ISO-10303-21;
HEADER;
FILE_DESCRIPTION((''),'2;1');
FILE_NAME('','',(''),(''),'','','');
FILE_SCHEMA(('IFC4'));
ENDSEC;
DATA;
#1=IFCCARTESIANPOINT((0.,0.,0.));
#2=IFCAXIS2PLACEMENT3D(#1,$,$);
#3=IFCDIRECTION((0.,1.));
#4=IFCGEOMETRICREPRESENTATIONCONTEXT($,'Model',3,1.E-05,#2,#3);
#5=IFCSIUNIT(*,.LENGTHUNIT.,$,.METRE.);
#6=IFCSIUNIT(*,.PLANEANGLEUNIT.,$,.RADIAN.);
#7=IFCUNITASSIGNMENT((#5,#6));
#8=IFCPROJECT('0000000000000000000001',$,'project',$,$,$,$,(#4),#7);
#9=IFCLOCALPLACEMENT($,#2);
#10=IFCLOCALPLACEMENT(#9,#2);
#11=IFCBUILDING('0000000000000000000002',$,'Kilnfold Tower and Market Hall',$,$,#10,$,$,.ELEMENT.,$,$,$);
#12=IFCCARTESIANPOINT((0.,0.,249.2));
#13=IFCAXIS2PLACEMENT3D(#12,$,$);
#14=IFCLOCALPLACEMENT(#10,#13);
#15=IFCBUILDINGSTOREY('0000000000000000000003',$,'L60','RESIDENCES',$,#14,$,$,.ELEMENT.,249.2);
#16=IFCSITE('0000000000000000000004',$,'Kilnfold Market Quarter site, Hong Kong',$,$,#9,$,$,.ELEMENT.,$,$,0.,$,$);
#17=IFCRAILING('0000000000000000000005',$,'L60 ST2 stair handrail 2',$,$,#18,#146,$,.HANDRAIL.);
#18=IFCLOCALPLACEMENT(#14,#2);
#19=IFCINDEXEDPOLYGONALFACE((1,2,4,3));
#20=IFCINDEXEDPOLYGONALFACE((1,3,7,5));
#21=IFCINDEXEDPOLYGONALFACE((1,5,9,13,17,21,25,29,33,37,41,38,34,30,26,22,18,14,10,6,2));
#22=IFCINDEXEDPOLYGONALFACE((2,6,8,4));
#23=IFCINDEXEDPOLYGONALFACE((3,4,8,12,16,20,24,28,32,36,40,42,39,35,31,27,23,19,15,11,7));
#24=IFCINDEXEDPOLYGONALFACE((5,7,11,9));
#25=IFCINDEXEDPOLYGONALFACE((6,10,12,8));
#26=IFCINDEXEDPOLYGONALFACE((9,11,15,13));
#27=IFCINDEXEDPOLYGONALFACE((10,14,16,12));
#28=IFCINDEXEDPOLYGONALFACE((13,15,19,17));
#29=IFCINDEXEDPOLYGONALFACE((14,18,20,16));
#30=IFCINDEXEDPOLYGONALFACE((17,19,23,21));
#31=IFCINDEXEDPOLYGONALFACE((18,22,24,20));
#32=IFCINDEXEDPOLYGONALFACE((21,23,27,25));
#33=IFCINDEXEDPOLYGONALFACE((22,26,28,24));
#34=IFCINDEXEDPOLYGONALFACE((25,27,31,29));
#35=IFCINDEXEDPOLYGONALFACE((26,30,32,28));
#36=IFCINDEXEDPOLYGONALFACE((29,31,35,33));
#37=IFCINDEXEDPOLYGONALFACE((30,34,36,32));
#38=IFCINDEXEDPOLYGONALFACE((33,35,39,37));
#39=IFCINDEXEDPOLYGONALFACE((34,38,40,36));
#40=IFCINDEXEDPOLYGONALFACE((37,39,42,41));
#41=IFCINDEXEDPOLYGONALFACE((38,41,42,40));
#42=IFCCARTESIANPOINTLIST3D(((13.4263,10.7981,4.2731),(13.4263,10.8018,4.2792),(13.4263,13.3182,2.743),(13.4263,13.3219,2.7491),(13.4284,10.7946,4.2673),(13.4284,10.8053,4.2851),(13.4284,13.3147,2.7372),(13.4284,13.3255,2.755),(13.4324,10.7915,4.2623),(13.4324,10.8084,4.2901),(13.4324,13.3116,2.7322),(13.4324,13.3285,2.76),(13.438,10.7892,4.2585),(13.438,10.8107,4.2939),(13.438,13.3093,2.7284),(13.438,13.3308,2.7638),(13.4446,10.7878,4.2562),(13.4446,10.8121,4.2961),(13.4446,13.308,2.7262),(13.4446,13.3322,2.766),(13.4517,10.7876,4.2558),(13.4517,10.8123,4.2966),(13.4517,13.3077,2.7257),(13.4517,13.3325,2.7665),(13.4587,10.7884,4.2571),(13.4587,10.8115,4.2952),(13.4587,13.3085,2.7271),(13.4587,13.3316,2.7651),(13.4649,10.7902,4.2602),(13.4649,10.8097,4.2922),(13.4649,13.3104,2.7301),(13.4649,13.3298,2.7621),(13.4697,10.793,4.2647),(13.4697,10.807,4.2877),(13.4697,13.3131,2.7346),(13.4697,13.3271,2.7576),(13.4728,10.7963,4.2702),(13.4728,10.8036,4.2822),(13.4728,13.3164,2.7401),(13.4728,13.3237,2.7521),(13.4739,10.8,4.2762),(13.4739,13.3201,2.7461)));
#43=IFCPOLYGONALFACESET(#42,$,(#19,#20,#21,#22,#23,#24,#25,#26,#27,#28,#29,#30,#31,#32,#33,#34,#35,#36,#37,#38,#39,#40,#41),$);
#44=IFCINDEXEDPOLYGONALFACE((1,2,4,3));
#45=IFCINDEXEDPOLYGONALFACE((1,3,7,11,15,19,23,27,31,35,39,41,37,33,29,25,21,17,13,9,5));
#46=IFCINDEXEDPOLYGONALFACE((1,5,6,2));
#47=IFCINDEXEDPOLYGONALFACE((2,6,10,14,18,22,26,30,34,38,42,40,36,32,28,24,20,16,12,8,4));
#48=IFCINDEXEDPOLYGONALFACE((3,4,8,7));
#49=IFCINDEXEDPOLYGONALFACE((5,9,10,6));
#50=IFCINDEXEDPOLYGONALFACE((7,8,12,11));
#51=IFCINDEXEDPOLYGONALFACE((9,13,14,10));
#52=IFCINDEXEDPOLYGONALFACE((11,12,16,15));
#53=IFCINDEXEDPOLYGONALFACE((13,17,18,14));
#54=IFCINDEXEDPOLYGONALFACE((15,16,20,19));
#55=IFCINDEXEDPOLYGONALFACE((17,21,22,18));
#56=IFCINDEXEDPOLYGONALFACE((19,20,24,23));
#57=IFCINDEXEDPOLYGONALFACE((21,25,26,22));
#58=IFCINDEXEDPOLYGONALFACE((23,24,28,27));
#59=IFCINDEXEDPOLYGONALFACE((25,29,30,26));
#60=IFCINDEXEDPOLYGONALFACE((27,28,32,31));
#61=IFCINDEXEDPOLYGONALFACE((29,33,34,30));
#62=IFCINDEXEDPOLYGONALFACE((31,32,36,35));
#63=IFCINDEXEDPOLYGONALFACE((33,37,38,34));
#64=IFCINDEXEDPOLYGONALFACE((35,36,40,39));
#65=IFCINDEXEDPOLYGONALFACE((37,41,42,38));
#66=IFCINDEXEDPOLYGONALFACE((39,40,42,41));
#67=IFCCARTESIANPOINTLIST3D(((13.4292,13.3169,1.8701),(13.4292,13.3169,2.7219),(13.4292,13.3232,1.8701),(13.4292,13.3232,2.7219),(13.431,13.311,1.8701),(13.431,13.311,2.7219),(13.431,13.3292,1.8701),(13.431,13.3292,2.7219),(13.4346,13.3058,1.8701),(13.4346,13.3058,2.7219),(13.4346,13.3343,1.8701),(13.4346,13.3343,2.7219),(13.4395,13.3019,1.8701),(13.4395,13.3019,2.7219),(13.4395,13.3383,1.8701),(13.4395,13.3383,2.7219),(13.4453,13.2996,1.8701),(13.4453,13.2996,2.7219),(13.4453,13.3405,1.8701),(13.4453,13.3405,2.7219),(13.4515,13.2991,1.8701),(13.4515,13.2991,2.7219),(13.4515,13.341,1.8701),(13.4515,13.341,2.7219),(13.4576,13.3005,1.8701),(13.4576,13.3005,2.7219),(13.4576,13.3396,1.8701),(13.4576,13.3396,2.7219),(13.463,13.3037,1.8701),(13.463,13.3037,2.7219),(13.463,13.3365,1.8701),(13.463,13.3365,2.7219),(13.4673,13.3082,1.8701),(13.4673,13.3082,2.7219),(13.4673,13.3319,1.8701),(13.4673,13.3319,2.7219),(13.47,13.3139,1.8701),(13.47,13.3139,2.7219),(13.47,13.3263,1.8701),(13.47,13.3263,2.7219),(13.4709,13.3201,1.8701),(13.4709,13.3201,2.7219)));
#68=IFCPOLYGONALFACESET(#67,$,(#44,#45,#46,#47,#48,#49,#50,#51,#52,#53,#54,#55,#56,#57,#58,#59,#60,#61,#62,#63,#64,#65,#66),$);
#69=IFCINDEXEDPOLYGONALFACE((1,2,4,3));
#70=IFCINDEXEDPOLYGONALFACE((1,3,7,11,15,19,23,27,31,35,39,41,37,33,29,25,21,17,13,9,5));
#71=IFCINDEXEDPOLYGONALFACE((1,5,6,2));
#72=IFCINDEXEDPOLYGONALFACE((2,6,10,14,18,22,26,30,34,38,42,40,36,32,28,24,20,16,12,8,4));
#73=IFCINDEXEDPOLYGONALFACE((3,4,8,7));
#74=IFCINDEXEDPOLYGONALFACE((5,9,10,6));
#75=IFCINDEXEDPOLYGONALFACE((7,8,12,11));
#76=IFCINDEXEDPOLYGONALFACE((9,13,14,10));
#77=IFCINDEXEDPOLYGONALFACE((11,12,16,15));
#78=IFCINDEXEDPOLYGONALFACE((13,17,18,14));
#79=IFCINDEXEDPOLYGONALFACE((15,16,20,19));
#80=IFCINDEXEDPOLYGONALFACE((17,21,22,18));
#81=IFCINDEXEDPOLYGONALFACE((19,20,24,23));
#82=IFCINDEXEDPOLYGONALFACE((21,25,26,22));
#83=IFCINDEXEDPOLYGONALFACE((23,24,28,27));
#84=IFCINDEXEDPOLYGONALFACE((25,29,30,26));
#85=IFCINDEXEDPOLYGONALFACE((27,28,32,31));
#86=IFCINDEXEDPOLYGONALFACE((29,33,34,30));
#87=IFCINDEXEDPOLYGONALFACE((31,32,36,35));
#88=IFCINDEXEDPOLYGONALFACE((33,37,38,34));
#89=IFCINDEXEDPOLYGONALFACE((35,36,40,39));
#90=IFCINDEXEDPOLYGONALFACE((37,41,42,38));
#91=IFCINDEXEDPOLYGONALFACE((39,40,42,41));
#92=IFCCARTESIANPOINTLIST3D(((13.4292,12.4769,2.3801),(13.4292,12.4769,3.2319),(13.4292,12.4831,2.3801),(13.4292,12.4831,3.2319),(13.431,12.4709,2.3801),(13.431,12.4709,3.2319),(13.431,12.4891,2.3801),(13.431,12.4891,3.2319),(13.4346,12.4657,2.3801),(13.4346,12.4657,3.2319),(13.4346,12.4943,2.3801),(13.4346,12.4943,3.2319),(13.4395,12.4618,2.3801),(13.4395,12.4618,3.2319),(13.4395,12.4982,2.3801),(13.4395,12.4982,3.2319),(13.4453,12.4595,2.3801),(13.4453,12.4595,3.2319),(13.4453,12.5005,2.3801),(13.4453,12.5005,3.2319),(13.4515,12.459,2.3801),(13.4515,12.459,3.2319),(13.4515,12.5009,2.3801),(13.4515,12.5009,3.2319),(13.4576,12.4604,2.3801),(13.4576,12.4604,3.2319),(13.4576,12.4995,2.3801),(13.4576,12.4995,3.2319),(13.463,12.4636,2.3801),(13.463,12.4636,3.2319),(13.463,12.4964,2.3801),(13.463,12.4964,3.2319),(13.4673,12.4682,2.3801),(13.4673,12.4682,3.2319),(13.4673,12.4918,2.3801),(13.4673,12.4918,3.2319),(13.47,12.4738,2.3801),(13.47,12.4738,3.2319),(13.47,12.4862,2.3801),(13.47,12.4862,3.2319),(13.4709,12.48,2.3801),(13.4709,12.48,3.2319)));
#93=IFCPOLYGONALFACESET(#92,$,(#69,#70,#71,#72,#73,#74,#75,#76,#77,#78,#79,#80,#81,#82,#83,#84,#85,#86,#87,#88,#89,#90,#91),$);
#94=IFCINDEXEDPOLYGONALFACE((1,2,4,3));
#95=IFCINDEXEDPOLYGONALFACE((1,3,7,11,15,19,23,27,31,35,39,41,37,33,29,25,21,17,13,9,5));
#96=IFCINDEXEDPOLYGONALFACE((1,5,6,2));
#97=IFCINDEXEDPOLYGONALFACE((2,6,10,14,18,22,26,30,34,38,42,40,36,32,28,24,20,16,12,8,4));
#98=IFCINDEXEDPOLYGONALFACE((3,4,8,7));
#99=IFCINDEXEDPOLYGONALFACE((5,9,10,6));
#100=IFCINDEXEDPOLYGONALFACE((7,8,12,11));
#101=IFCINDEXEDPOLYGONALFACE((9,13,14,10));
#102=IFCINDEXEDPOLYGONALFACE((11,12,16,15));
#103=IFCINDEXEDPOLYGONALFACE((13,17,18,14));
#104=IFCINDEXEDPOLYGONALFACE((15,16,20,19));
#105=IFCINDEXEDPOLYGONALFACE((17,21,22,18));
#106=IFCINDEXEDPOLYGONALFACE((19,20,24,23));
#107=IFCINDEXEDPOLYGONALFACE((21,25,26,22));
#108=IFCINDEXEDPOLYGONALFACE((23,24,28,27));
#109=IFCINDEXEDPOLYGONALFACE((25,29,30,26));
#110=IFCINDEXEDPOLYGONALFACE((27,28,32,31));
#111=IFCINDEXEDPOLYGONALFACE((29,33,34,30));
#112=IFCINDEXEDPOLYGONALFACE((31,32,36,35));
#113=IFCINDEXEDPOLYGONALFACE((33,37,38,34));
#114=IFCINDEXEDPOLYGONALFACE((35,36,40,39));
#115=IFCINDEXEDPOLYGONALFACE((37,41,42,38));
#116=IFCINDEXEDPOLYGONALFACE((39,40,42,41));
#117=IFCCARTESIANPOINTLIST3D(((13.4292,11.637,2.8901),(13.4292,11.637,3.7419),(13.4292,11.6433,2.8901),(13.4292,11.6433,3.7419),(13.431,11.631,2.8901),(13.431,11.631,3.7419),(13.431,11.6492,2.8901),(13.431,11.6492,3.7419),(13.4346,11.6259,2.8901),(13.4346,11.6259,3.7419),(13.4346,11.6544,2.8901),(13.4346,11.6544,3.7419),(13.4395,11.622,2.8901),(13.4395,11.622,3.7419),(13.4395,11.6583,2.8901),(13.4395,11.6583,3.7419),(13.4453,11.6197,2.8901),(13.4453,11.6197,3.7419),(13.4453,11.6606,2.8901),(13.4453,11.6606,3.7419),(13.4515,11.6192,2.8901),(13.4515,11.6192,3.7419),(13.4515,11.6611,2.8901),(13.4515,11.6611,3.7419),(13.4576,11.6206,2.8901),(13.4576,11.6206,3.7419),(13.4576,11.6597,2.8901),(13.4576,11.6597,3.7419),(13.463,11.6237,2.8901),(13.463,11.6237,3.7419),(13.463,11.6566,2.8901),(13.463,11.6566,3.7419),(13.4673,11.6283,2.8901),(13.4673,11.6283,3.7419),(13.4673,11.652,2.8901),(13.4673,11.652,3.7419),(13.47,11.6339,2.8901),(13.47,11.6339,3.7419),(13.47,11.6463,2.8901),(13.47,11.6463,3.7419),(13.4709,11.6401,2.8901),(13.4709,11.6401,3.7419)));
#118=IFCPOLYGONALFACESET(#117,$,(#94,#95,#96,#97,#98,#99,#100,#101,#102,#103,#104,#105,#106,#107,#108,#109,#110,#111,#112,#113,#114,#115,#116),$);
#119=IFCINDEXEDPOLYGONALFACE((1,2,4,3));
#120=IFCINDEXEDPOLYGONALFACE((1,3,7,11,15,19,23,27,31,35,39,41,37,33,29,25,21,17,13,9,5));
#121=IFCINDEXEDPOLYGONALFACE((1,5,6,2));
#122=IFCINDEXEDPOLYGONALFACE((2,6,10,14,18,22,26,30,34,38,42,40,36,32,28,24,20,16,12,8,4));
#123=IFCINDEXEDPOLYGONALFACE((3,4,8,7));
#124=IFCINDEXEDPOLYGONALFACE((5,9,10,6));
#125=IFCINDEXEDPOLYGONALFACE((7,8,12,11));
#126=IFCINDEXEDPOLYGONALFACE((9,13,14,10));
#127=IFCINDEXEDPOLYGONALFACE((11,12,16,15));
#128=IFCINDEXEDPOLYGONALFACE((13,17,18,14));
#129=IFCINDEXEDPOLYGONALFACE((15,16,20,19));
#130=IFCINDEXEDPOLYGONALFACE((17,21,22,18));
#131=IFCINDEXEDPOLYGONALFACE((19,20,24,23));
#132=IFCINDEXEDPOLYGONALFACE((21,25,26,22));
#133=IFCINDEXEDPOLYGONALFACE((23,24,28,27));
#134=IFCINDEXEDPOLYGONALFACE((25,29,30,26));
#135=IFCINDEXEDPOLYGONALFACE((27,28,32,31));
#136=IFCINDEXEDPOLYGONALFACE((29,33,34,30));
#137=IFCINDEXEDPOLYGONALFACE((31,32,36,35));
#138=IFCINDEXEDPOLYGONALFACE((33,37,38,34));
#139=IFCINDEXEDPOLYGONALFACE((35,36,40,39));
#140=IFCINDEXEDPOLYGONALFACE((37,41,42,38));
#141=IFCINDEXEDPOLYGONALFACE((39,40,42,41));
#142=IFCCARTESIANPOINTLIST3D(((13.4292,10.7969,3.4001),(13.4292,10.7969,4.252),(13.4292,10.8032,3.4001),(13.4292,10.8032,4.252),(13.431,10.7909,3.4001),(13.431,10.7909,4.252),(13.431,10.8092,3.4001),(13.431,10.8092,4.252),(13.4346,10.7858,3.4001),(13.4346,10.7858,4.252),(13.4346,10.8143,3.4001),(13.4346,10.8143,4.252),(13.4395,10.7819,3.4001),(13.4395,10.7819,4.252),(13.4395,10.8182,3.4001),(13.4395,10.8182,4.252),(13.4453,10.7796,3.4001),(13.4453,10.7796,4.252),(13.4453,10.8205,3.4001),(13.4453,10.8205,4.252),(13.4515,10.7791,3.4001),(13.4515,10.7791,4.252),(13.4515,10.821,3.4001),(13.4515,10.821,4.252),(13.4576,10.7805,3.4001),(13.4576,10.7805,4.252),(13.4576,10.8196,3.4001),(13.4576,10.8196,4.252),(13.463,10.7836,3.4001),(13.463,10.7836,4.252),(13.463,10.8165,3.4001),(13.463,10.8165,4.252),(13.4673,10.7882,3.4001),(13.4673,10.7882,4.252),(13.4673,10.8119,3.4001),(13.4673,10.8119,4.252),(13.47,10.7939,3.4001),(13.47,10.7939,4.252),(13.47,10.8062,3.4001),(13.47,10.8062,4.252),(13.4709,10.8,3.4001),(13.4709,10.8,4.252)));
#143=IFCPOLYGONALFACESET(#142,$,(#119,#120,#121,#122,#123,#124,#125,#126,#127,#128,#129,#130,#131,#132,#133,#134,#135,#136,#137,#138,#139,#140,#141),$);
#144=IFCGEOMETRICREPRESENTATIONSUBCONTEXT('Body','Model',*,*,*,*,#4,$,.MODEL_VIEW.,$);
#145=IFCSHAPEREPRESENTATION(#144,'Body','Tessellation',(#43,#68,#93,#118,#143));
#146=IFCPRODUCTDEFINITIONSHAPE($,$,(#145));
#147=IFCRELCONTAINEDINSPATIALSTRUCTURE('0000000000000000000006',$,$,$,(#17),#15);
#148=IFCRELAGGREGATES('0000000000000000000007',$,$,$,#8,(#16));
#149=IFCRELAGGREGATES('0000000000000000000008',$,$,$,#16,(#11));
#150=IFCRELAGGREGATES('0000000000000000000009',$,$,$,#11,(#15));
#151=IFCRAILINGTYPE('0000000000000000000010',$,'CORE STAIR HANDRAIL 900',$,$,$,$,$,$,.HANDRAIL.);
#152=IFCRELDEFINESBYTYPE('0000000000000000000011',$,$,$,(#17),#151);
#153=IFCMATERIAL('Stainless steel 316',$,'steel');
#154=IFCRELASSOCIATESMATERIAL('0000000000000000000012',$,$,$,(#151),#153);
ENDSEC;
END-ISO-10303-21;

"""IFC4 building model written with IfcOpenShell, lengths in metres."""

from ifc_helpers import new_model, si_unit, direction, frame, origin, origin_2d, place, context, subcontext, project, spatial, circle, extrude, material, type_object, element, save


model = new_model("IFC4")

# Units and contexts
model_context = context("Model", 3, precision=1e-05, world=origin(), true_north=direction((0.0, 1.0)))
body_context = subcontext(model_context, "Body", "Model", "MODEL_VIEW")
ifc_project = project(units=[si_unit("LENGTHUNIT", "METRE"), si_unit("PLANEANGLEUNIT", "RADIAN")], contexts=[model_context])

# Site, building, storey
site_placement = place(None, origin())
site = spatial("IfcSite", under=ifc_project, at=site_placement, Name="Kilnfold Market Quarter site, Hong Kong", CompositionType="ELEMENT", RefElevation=0.0)
building_placement = place(site_placement, origin())
building = spatial("IfcBuilding", under=site, at=building_placement, Name="Kilnfold Tower and Market Hall", CompositionType="ELEMENT")
storey_placement = place(building_placement, frame((0.0, 0.0, 249.2)))
storey = spatial("IfcBuildingStorey", under=building, at=storey_placement, Name="L60", Description="RESIDENCES", CompositionType="ELEMENT", Elevation=249.2)

# Railing
ifc_material_1 = material(Name="Stainless steel 316", Category="steel")
railing_type_1 = type_object("IfcRailingType", Name="CORE STAIR HANDRAIL 900", PredefinedType="HANDRAIL", material=ifc_material_1)
railing_1_placement = place(storey_placement, frame((13.45, 13.3201, 1.8701)))
element("IfcRailing", 1, at=railing_1_placement, inside=storey, type_object=railing_type_1, Name="L60 ST2 stair handrail 2", PredefinedType="HANDRAIL", context=body_context, shape_type="SweptSolid", body=[
    extrude(circle(Radius=0.0239, at=origin_2d()), frame((0.0, 0.0, 0.876), z_axis=(0.0, -0.854785, 0.518982), x_axis=(1.0, 0.0, 0.0)), (0.0, 0.0, 1.0), 2.9482),
    extrude(circle(Radius=0.021, at=origin_2d()), origin(), (0.0, 0.0, 1.0), 0.8518),
    extrude(circle(Radius=0.021, at=origin_2d()), frame((0.0, -0.8401, 0.51)), (0.0, 0.0, 1.0), 0.8518),
    extrude(circle(Radius=0.021, at=origin_2d()), frame((0.0, -1.6799, 1.02)), (0.0, 0.0, 1.0), 0.8518),
    extrude(circle(Radius=0.021, at=origin_2d()), frame((0.0, -2.52, 1.53)), (0.0, 0.0, 1.0), 0.8518),
])

save(model, "model.ifc")
